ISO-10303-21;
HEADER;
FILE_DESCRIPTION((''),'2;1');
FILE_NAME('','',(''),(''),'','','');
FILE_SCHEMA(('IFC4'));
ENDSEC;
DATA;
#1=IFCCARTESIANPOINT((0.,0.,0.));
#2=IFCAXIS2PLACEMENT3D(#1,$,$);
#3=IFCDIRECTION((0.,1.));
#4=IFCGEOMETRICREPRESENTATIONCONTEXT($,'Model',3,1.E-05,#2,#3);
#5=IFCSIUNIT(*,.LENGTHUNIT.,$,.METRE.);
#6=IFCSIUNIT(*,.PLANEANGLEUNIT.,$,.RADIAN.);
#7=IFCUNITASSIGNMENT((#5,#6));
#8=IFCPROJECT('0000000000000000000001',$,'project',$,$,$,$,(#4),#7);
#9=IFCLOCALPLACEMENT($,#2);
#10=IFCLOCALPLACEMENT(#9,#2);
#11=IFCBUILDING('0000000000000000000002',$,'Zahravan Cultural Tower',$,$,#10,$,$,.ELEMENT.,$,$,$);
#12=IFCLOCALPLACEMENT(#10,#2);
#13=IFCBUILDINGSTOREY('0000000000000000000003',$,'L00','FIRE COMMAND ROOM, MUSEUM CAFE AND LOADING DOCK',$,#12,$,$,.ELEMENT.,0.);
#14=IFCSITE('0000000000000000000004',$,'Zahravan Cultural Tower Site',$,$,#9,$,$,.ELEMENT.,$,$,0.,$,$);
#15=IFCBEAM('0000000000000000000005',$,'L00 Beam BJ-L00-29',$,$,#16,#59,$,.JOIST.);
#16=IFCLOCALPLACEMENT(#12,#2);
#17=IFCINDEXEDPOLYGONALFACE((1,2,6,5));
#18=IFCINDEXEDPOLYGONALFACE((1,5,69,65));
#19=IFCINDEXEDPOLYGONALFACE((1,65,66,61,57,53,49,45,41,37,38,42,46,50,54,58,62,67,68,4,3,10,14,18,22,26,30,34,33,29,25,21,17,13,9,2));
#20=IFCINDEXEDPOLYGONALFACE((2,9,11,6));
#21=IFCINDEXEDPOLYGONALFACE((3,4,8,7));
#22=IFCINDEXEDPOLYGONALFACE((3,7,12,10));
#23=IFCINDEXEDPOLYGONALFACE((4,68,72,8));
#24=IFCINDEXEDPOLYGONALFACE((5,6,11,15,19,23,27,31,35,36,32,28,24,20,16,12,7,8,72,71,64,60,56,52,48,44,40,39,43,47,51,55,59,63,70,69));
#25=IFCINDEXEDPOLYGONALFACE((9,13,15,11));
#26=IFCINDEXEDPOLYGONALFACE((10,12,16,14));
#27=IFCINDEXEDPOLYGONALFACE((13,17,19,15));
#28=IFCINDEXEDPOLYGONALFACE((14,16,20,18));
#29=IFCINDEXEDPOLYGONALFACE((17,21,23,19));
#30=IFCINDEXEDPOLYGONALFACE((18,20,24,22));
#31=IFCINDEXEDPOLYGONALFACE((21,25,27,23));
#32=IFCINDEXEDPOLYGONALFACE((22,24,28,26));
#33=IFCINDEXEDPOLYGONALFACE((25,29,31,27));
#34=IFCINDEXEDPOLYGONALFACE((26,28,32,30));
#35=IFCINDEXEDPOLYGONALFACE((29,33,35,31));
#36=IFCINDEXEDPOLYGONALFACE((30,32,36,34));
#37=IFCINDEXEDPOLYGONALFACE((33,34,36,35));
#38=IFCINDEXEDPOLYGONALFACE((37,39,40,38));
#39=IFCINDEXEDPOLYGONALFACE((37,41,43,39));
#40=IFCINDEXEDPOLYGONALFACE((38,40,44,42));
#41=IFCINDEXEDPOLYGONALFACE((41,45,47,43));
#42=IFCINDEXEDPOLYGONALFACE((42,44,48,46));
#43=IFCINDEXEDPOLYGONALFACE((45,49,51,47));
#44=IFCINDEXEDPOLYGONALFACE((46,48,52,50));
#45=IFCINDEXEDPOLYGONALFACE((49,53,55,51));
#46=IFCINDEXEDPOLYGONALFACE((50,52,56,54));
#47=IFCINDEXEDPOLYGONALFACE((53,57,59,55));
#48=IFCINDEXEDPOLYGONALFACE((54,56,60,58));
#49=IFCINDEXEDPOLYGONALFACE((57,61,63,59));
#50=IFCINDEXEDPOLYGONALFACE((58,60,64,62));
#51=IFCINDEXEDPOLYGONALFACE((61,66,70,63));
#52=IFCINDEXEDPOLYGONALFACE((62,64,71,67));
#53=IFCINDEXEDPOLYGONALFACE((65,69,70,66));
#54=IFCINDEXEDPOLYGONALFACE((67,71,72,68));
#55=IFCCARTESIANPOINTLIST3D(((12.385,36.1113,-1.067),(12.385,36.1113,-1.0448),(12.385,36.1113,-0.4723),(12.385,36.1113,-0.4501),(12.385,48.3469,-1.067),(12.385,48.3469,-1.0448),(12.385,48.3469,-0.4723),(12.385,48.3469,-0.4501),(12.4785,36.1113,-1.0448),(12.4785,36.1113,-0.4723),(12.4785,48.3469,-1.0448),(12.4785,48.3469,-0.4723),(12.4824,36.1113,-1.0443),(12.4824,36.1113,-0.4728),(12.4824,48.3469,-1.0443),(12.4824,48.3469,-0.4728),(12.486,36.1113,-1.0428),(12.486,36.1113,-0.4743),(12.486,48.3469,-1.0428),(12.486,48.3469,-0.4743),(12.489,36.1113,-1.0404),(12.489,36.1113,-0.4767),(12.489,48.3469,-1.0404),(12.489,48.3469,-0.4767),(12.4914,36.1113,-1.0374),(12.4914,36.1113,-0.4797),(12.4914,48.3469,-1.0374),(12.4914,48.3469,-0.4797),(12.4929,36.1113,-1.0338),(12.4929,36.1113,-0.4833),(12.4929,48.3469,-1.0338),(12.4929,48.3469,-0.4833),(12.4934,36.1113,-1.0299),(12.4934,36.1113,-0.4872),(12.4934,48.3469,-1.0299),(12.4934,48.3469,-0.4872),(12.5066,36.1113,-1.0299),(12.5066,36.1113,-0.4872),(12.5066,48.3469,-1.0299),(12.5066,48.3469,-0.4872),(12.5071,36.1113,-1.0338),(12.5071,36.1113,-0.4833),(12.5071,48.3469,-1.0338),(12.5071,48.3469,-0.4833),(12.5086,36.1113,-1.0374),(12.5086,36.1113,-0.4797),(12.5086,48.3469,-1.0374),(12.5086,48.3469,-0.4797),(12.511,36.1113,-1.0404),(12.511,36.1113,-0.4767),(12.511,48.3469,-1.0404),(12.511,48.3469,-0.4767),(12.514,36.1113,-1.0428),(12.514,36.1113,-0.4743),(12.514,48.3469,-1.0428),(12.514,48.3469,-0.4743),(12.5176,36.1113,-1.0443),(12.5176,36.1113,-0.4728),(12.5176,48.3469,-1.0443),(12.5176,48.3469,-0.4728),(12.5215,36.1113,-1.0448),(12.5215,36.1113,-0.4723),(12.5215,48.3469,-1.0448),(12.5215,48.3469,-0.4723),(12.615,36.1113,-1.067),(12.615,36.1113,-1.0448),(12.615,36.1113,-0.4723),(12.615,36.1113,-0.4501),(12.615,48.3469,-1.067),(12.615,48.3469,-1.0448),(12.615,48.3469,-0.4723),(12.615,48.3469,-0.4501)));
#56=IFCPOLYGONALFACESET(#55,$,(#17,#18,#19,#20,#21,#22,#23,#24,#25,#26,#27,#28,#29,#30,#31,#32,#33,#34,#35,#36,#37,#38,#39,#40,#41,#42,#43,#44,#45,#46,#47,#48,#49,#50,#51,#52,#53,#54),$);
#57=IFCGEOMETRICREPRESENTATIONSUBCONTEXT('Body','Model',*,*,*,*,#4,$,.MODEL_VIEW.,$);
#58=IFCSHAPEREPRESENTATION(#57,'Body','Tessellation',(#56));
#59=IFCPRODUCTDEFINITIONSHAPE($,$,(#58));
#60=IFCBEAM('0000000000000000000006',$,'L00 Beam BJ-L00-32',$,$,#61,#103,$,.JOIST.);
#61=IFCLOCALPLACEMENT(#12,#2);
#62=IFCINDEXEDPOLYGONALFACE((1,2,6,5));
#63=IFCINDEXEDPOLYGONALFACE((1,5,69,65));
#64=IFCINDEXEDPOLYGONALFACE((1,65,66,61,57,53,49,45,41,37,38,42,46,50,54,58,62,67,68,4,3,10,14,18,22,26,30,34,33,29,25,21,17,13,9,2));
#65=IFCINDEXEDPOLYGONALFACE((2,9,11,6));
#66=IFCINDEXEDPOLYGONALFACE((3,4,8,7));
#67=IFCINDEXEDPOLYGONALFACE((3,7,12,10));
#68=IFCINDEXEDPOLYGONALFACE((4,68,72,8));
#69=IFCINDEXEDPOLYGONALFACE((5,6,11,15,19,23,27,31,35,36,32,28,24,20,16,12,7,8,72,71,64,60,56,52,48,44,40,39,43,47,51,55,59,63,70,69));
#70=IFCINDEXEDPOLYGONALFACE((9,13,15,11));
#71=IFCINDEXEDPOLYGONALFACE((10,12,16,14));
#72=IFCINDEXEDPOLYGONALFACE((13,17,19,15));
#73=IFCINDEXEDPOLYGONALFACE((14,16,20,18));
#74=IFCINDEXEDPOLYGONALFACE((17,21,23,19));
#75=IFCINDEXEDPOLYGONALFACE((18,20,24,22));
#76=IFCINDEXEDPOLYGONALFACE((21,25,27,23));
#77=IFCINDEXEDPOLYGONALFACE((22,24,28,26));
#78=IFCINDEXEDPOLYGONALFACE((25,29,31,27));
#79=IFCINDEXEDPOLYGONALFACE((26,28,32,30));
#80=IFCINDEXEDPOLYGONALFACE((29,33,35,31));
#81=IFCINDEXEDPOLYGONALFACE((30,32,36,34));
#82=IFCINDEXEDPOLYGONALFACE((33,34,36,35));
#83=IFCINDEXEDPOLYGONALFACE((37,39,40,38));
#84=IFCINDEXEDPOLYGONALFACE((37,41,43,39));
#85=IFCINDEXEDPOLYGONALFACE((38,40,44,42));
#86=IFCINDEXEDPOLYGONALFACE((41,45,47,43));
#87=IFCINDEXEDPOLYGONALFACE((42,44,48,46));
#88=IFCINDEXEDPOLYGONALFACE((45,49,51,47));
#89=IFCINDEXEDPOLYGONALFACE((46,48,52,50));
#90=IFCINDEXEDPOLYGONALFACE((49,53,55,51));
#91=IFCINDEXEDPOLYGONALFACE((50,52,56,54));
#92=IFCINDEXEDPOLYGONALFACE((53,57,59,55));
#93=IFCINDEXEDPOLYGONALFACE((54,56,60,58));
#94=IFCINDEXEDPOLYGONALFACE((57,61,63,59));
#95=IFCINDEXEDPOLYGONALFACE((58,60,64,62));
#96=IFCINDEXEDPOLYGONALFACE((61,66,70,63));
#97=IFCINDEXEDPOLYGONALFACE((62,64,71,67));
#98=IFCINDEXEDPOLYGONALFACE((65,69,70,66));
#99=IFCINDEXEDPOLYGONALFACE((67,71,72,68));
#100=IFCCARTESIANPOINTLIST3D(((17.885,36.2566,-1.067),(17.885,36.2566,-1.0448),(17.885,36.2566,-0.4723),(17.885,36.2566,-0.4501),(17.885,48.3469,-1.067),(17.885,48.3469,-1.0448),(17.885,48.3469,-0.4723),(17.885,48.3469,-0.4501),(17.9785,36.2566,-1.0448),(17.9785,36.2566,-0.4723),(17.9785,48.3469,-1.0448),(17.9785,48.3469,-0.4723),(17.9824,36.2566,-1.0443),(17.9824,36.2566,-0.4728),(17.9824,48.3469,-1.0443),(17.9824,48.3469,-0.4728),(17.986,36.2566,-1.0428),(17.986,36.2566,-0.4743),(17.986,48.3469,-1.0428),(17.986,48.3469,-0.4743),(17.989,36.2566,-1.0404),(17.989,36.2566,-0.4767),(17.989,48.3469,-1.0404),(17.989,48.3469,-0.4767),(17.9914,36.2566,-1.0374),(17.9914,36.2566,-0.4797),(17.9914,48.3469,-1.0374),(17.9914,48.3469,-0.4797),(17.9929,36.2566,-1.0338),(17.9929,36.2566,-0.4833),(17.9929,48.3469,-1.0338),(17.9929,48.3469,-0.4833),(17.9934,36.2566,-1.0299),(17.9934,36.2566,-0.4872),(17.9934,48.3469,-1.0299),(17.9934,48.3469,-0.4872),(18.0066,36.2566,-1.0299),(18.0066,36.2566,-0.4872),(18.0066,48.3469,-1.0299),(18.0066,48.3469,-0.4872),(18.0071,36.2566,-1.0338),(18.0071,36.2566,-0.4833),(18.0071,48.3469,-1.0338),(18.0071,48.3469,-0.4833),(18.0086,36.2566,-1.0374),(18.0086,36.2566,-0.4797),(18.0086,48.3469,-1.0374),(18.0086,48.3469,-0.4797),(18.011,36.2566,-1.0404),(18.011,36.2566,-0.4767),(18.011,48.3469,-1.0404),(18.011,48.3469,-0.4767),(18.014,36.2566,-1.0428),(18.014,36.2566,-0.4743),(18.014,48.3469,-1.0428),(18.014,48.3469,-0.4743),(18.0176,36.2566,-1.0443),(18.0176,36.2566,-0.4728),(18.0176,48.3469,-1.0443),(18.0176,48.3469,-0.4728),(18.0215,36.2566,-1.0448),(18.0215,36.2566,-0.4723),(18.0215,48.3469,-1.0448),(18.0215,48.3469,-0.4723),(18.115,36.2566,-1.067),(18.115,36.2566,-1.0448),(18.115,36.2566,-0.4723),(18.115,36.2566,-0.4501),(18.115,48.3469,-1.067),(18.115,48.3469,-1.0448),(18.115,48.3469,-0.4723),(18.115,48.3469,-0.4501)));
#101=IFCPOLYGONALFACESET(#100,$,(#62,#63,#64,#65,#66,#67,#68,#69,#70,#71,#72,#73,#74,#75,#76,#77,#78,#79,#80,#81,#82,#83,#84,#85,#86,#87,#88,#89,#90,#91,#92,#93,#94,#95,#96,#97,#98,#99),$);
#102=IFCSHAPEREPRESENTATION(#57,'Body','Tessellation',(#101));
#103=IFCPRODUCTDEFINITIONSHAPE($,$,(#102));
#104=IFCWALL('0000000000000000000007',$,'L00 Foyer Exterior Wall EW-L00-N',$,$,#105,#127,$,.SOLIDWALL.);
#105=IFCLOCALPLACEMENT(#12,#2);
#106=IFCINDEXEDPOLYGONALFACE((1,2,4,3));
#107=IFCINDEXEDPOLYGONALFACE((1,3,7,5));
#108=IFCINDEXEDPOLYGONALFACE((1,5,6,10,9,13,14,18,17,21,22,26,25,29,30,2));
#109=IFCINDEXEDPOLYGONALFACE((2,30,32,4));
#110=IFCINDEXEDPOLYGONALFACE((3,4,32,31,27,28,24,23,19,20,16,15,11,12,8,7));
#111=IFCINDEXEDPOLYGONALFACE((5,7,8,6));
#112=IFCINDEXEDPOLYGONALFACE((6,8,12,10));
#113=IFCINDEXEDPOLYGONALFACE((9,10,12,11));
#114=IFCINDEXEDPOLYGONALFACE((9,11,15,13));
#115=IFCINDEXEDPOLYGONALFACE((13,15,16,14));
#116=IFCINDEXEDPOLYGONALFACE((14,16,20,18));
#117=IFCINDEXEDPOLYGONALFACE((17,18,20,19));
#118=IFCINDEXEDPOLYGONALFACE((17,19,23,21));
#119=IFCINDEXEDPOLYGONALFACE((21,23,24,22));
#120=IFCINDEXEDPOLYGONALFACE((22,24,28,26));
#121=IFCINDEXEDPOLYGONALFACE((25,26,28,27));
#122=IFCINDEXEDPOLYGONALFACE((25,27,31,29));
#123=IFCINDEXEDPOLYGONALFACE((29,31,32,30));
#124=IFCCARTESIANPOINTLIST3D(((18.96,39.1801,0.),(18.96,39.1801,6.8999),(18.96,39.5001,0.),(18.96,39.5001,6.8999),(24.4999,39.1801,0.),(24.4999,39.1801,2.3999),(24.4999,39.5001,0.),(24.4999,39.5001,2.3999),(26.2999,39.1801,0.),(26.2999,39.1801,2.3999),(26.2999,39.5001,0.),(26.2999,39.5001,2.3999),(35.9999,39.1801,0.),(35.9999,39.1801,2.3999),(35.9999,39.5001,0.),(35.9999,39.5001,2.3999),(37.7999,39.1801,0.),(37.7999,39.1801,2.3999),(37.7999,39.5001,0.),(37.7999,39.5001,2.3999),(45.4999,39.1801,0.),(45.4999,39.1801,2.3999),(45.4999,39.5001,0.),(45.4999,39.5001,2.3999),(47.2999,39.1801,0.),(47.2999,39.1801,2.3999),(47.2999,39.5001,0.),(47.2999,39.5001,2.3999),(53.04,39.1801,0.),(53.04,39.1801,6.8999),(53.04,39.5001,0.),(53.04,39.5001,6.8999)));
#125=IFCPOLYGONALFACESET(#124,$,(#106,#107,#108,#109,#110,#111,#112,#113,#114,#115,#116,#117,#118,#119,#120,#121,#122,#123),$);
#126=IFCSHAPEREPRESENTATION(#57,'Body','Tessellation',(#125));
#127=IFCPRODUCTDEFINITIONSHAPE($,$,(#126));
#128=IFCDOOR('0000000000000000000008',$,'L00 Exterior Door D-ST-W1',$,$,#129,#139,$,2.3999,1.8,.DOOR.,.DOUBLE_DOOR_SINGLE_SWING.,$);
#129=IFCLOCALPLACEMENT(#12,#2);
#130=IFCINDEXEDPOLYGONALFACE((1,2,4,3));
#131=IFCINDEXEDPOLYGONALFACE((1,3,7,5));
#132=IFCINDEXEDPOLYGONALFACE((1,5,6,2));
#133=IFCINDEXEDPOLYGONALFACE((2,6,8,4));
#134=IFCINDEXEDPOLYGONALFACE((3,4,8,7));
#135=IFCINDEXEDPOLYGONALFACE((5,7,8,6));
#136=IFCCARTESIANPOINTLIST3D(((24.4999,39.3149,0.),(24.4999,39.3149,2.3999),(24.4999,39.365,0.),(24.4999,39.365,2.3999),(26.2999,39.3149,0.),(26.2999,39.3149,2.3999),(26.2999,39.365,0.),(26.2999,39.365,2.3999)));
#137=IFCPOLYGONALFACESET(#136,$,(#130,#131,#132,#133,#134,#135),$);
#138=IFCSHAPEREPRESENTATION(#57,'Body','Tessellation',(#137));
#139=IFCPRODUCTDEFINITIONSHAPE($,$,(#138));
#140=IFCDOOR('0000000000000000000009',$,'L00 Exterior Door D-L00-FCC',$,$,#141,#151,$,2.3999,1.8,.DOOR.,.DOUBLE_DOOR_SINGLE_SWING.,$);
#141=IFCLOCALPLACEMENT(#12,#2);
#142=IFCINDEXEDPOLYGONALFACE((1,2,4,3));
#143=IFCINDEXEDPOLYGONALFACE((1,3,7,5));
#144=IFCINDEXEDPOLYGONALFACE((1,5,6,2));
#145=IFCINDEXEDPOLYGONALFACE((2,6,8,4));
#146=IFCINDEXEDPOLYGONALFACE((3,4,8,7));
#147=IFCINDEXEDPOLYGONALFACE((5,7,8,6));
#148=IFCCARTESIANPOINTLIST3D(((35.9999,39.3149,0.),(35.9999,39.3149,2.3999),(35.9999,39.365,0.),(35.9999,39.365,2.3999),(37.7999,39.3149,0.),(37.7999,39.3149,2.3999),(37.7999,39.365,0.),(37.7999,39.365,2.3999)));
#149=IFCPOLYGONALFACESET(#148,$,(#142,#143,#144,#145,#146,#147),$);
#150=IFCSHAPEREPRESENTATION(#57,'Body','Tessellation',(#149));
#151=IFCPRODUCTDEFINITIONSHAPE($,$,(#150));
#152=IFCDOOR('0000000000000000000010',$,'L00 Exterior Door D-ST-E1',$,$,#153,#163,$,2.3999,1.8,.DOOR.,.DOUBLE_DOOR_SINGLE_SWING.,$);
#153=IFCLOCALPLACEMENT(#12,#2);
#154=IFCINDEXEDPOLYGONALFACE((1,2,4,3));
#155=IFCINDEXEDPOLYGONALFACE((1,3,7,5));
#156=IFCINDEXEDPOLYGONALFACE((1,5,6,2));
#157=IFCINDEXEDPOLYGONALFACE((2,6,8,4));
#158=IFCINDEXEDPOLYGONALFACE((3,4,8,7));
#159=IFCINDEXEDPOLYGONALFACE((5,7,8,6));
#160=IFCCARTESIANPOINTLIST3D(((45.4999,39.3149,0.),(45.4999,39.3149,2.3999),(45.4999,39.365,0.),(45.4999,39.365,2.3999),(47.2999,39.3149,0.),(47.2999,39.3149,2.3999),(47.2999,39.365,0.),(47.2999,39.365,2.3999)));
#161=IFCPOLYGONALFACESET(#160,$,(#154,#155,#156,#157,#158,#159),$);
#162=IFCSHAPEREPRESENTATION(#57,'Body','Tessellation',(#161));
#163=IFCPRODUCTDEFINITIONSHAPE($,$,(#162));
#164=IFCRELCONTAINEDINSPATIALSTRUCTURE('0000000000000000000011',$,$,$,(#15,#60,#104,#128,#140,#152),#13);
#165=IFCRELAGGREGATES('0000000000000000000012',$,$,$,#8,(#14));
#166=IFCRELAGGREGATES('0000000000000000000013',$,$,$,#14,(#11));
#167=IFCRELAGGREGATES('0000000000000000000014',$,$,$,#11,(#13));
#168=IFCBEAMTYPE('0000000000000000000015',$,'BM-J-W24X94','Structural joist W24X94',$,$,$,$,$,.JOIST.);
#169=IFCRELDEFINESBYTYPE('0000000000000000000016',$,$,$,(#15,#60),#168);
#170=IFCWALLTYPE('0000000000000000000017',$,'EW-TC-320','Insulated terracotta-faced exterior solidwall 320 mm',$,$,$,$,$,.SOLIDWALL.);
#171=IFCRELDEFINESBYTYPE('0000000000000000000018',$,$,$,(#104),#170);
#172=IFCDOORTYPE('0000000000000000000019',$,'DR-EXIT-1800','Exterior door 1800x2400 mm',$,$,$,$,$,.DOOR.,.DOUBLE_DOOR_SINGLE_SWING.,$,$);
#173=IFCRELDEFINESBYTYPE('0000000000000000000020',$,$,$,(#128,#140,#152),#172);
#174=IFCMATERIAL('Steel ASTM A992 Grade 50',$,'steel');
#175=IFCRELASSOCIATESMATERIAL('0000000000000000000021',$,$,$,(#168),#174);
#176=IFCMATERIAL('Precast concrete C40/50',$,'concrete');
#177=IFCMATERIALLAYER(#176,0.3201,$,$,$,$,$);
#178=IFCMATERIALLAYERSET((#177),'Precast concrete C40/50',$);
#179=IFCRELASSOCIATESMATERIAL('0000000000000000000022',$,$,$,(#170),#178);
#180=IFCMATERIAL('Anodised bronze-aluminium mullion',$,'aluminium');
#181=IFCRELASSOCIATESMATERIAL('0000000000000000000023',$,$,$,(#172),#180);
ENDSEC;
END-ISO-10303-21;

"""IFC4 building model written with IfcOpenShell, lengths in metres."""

from ifc_helpers import new_model, si_unit, direction, frame, frame_2d, origin, origin_2d, place, context, subcontext, project, spatial, rectangle, i_section, extrude, source, transform, mapped, material, layer, layer_set, material_profile, profile_set, type_object, element, fill, save


model = new_model("IFC4")

# Units and contexts
model_context = context("Model", 3, precision=1e-05, world=origin(), true_north=direction((0.0, 1.0)))
body_context = subcontext(model_context, "Body", "Model", "MODEL_VIEW")
ifc_project = project(units=[si_unit("LENGTHUNIT", "METRE"), si_unit("PLANEANGLEUNIT", "RADIAN")], contexts=[model_context])

# Site, building, storey
site_placement = place(None, origin())
site = spatial("IfcSite", under=ifc_project, at=site_placement, Name="Zahravan Cultural Tower Site", CompositionType="ELEMENT", RefElevation=0.0)
building_placement = place(site_placement, origin())
building = spatial("IfcBuilding", under=site, at=building_placement, Name="Zahravan Cultural Tower", CompositionType="ELEMENT")
storey_placement = place(building_placement, origin())
storey = spatial("IfcBuildingStorey", under=building, at=storey_placement, Name="L00", Description="FIRE COMMAND ROOM, MUSEUM CAFE AND LOADING DOCK", CompositionType="ELEMENT", Elevation=0.0)

# Beams
ifc_material_1 = material(Name="Steel ASTM A992 Grade 50", Category="steel")
ifc_material_profile_1 = material_profile(ifc_material_1, i_section(OverallWidth=0.23, OverallDepth=0.6169, WebThickness=0.0132, FlangeThickness=0.0222, FilletRadius=0.0149, at=origin_2d()), Name="W24X94")
ifc_profile_set_1 = profile_set([ifc_material_profile_1], Name="Steel ASTM A992 Grade 50")
beam_type_1 = type_object("IfcBeamType", Name="BM-J-W24X94", Description="Structural joist W24X94", PredefinedType="JOIST", material=ifc_profile_set_1)
shared_shape_1 = source(origin(), body_context, "Body", "SweptSolid", [
    extrude(i_section(OverallWidth=0.23, OverallDepth=0.6169, WebThickness=0.0132, FlangeThickness=0.0222, FilletRadius=0.0149, at=origin_2d()), origin(), (0.0, 0.0, 1.0), 12.2356),
])
beam_1_placement = place(storey_placement, frame((12.5, 36.1113, -0.7585), z_axis=(0.0, 1.0, 0.0), x_axis=(-1.0, 0.0, 0.0)))
element("IfcBeam", 1, at=beam_1_placement, inside=storey, type_object=beam_type_1, Name="L00 Beam BJ-L00-29", PredefinedType="JOIST", context=body_context, shape_type="MappedRepresentation", body=[
    mapped(shared_shape_1, transform((0.0, 0.0, 0.0), x_axis=(1.0, 0.0, 0.0), y_axis=(0.0, 1.0, 0.0), z_axis=(0.0, 0.0, 1.0), scale=1.0)),
])
shared_shape_2 = source(origin(), body_context, "Body", "SweptSolid", [
    extrude(i_section(OverallWidth=0.23, OverallDepth=0.6169, WebThickness=0.0132, FlangeThickness=0.0222, FilletRadius=0.0149, at=origin_2d()), origin(), (0.0, 0.0, 1.0), 12.0903),
])
beam_2_placement = place(storey_placement, frame((18.0, 36.2566, -0.7585), z_axis=(0.0, 1.0, 0.0), x_axis=(-1.0, 0.0, 0.0)))
element("IfcBeam", 2, at=beam_2_placement, inside=storey, type_object=beam_type_1, Name="L00 Beam BJ-L00-32", PredefinedType="JOIST", context=body_context, shape_type="MappedRepresentation", body=[
    mapped(shared_shape_2, transform((0.0, 0.0, 0.0), x_axis=(1.0, 0.0, 0.0), y_axis=(0.0, 1.0, 0.0), z_axis=(0.0, 0.0, 1.0), scale=1.0)),
])

# Wall, openings, doors
ifc_material_2 = material(Name="Precast concrete C40/50", Category="concrete")
ifc_layer_1 = layer(ifc_material_2, 0.3201)
ifc_layer_set_1 = layer_set([ifc_layer_1], Name="Precast concrete C40/50")
wall_type_1 = type_object("IfcWallType", Name="EW-TC-320", Description="Insulated terracotta-faced exterior solidwall 320 mm", PredefinedType="SOLIDWALL", material=ifc_layer_set_1)
wall_1_placement = place(storey_placement, frame((18.96, 39.3401, 0.0), z_axis=(0.0, 0.0, 1.0), x_axis=(1.0, 0.0, 0.0)))
wall_1 = element("IfcWall", 3, at=wall_1_placement, inside=storey, type_object=wall_type_1, Name="L00 Foyer Exterior Wall EW-L00-N", PredefinedType="SOLIDWALL", context=body_context, shape_type="SweptSolid", body=[
    extrude(rectangle(XDim=34.0801, YDim=0.3201, at=frame_2d((17.04, 0.0))), origin(), (0.0, 0.0, 1.0), 6.8999),
])
opening_1_placement = place(wall_1_placement, frame((5.54, 0.0, 0.0)))
opening_1 = element("IfcOpeningElement", 4, at=opening_1_placement, cuts=wall_1, PredefinedType="OPENING", context=body_context, shape_type="SweptSolid", body=[
    extrude(rectangle(XDim=1.8, YDim=2.3999, at=frame_2d((0.8999, 1.2))), frame((0.0, 0.1699, 0.0), z_axis=(0.0, -1.0, 0.0), x_axis=(1.0, 0.0, 0.0)), (0.0, 0.0, 1.0), 0.3401),
])
opening_2_placement = place(wall_1_placement, frame((17.04, 0.0, 0.0)))
opening_2 = element("IfcOpeningElement", 5, at=opening_2_placement, cuts=wall_1, PredefinedType="OPENING", context=body_context, shape_type="SweptSolid", body=[
    extrude(rectangle(XDim=1.8, YDim=2.3999, at=frame_2d((0.8999, 1.2))), frame((0.0, 0.1699, 0.0), z_axis=(0.0, -1.0, 0.0), x_axis=(1.0, 0.0, 0.0)), (0.0, 0.0, 1.0), 0.3401),
])
opening_3_placement = place(wall_1_placement, frame((26.54, 0.0, 0.0)))
opening_3 = element("IfcOpeningElement", 6, at=opening_3_placement, cuts=wall_1, PredefinedType="OPENING", context=body_context, shape_type="SweptSolid", body=[
    extrude(rectangle(XDim=1.8, YDim=2.3999, at=frame_2d((0.8999, 1.2))), frame((0.0, 0.1699, 0.0), z_axis=(0.0, -1.0, 0.0), x_axis=(1.0, 0.0, 0.0)), (0.0, 0.0, 1.0), 0.3401),
])
ifc_material_3 = material(Name="Anodised bronze-aluminium mullion", Category="aluminium")
door_type = type_object("IfcDoorType", Name="DR-EXIT-1800", Description="Exterior door 1800x2400 mm", OperationType="DOUBLE_DOOR_SINGLE_SWING", PredefinedType="DOOR", material=ifc_material_3)
shared_shape_3 = source(origin(), body_context, "Body", "SweptSolid", [
    extrude(rectangle(XDim=1.8, YDim=2.3999, at=frame_2d((0.8999, 1.2))), frame((0.0, 0.0249, 0.0), z_axis=(0.0, -1.0, 0.0), x_axis=(1.0, 0.0, 0.0)), (0.0, 0.0, 1.0), 0.05),
])
door_1_placement = place(opening_1_placement, origin())
door_1 = element("IfcDoor", 7, at=door_1_placement, inside=storey, type_object=door_type, Name="L00 Exterior Door D-ST-W1", OperationType="DOUBLE_DOOR_SINGLE_SWING", OverallHeight=2.3999, OverallWidth=1.8, PredefinedType="DOOR", context=body_context, shape_type="MappedRepresentation", body=[
    mapped(shared_shape_3, transform((0.0, 0.0, 0.0), x_axis=(1.0, 0.0, 0.0), y_axis=(0.0, 1.0, 0.0), z_axis=(0.0, 0.0, 1.0), scale=1.0)),
])
fill(opening_1, door_1)
door_2_placement = place(opening_2_placement, origin())
door_2 = element("IfcDoor", 8, at=door_2_placement, inside=storey, type_object=door_type, Name="L00 Exterior Door D-L00-FCC", OperationType="DOUBLE_DOOR_SINGLE_SWING", OverallHeight=2.3999, OverallWidth=1.8, PredefinedType="DOOR", context=body_context, shape_type="MappedRepresentation", body=[
    mapped(shared_shape_3, transform((0.0, 0.0, 0.0), x_axis=(1.0, 0.0, 0.0), y_axis=(0.0, 1.0, 0.0), z_axis=(0.0, 0.0, 1.0), scale=1.0)),
])
fill(opening_2, door_2)
door_3_placement = place(opening_3_placement, origin())
door_3 = element("IfcDoor", 9, at=door_3_placement, inside=storey, type_object=door_type, Name="L00 Exterior Door D-ST-E1", OperationType="DOUBLE_DOOR_SINGLE_SWING", OverallHeight=2.3999, OverallWidth=1.8, PredefinedType="DOOR", context=body_context, shape_type="MappedRepresentation", body=[
    mapped(shared_shape_3, transform((0.0, 0.0, 0.0), x_axis=(1.0, 0.0, 0.0), y_axis=(0.0, 1.0, 0.0), z_axis=(0.0, 0.0, 1.0), scale=1.0)),
])
fill(opening_3, door_3)

save(model, "model.ifc")
